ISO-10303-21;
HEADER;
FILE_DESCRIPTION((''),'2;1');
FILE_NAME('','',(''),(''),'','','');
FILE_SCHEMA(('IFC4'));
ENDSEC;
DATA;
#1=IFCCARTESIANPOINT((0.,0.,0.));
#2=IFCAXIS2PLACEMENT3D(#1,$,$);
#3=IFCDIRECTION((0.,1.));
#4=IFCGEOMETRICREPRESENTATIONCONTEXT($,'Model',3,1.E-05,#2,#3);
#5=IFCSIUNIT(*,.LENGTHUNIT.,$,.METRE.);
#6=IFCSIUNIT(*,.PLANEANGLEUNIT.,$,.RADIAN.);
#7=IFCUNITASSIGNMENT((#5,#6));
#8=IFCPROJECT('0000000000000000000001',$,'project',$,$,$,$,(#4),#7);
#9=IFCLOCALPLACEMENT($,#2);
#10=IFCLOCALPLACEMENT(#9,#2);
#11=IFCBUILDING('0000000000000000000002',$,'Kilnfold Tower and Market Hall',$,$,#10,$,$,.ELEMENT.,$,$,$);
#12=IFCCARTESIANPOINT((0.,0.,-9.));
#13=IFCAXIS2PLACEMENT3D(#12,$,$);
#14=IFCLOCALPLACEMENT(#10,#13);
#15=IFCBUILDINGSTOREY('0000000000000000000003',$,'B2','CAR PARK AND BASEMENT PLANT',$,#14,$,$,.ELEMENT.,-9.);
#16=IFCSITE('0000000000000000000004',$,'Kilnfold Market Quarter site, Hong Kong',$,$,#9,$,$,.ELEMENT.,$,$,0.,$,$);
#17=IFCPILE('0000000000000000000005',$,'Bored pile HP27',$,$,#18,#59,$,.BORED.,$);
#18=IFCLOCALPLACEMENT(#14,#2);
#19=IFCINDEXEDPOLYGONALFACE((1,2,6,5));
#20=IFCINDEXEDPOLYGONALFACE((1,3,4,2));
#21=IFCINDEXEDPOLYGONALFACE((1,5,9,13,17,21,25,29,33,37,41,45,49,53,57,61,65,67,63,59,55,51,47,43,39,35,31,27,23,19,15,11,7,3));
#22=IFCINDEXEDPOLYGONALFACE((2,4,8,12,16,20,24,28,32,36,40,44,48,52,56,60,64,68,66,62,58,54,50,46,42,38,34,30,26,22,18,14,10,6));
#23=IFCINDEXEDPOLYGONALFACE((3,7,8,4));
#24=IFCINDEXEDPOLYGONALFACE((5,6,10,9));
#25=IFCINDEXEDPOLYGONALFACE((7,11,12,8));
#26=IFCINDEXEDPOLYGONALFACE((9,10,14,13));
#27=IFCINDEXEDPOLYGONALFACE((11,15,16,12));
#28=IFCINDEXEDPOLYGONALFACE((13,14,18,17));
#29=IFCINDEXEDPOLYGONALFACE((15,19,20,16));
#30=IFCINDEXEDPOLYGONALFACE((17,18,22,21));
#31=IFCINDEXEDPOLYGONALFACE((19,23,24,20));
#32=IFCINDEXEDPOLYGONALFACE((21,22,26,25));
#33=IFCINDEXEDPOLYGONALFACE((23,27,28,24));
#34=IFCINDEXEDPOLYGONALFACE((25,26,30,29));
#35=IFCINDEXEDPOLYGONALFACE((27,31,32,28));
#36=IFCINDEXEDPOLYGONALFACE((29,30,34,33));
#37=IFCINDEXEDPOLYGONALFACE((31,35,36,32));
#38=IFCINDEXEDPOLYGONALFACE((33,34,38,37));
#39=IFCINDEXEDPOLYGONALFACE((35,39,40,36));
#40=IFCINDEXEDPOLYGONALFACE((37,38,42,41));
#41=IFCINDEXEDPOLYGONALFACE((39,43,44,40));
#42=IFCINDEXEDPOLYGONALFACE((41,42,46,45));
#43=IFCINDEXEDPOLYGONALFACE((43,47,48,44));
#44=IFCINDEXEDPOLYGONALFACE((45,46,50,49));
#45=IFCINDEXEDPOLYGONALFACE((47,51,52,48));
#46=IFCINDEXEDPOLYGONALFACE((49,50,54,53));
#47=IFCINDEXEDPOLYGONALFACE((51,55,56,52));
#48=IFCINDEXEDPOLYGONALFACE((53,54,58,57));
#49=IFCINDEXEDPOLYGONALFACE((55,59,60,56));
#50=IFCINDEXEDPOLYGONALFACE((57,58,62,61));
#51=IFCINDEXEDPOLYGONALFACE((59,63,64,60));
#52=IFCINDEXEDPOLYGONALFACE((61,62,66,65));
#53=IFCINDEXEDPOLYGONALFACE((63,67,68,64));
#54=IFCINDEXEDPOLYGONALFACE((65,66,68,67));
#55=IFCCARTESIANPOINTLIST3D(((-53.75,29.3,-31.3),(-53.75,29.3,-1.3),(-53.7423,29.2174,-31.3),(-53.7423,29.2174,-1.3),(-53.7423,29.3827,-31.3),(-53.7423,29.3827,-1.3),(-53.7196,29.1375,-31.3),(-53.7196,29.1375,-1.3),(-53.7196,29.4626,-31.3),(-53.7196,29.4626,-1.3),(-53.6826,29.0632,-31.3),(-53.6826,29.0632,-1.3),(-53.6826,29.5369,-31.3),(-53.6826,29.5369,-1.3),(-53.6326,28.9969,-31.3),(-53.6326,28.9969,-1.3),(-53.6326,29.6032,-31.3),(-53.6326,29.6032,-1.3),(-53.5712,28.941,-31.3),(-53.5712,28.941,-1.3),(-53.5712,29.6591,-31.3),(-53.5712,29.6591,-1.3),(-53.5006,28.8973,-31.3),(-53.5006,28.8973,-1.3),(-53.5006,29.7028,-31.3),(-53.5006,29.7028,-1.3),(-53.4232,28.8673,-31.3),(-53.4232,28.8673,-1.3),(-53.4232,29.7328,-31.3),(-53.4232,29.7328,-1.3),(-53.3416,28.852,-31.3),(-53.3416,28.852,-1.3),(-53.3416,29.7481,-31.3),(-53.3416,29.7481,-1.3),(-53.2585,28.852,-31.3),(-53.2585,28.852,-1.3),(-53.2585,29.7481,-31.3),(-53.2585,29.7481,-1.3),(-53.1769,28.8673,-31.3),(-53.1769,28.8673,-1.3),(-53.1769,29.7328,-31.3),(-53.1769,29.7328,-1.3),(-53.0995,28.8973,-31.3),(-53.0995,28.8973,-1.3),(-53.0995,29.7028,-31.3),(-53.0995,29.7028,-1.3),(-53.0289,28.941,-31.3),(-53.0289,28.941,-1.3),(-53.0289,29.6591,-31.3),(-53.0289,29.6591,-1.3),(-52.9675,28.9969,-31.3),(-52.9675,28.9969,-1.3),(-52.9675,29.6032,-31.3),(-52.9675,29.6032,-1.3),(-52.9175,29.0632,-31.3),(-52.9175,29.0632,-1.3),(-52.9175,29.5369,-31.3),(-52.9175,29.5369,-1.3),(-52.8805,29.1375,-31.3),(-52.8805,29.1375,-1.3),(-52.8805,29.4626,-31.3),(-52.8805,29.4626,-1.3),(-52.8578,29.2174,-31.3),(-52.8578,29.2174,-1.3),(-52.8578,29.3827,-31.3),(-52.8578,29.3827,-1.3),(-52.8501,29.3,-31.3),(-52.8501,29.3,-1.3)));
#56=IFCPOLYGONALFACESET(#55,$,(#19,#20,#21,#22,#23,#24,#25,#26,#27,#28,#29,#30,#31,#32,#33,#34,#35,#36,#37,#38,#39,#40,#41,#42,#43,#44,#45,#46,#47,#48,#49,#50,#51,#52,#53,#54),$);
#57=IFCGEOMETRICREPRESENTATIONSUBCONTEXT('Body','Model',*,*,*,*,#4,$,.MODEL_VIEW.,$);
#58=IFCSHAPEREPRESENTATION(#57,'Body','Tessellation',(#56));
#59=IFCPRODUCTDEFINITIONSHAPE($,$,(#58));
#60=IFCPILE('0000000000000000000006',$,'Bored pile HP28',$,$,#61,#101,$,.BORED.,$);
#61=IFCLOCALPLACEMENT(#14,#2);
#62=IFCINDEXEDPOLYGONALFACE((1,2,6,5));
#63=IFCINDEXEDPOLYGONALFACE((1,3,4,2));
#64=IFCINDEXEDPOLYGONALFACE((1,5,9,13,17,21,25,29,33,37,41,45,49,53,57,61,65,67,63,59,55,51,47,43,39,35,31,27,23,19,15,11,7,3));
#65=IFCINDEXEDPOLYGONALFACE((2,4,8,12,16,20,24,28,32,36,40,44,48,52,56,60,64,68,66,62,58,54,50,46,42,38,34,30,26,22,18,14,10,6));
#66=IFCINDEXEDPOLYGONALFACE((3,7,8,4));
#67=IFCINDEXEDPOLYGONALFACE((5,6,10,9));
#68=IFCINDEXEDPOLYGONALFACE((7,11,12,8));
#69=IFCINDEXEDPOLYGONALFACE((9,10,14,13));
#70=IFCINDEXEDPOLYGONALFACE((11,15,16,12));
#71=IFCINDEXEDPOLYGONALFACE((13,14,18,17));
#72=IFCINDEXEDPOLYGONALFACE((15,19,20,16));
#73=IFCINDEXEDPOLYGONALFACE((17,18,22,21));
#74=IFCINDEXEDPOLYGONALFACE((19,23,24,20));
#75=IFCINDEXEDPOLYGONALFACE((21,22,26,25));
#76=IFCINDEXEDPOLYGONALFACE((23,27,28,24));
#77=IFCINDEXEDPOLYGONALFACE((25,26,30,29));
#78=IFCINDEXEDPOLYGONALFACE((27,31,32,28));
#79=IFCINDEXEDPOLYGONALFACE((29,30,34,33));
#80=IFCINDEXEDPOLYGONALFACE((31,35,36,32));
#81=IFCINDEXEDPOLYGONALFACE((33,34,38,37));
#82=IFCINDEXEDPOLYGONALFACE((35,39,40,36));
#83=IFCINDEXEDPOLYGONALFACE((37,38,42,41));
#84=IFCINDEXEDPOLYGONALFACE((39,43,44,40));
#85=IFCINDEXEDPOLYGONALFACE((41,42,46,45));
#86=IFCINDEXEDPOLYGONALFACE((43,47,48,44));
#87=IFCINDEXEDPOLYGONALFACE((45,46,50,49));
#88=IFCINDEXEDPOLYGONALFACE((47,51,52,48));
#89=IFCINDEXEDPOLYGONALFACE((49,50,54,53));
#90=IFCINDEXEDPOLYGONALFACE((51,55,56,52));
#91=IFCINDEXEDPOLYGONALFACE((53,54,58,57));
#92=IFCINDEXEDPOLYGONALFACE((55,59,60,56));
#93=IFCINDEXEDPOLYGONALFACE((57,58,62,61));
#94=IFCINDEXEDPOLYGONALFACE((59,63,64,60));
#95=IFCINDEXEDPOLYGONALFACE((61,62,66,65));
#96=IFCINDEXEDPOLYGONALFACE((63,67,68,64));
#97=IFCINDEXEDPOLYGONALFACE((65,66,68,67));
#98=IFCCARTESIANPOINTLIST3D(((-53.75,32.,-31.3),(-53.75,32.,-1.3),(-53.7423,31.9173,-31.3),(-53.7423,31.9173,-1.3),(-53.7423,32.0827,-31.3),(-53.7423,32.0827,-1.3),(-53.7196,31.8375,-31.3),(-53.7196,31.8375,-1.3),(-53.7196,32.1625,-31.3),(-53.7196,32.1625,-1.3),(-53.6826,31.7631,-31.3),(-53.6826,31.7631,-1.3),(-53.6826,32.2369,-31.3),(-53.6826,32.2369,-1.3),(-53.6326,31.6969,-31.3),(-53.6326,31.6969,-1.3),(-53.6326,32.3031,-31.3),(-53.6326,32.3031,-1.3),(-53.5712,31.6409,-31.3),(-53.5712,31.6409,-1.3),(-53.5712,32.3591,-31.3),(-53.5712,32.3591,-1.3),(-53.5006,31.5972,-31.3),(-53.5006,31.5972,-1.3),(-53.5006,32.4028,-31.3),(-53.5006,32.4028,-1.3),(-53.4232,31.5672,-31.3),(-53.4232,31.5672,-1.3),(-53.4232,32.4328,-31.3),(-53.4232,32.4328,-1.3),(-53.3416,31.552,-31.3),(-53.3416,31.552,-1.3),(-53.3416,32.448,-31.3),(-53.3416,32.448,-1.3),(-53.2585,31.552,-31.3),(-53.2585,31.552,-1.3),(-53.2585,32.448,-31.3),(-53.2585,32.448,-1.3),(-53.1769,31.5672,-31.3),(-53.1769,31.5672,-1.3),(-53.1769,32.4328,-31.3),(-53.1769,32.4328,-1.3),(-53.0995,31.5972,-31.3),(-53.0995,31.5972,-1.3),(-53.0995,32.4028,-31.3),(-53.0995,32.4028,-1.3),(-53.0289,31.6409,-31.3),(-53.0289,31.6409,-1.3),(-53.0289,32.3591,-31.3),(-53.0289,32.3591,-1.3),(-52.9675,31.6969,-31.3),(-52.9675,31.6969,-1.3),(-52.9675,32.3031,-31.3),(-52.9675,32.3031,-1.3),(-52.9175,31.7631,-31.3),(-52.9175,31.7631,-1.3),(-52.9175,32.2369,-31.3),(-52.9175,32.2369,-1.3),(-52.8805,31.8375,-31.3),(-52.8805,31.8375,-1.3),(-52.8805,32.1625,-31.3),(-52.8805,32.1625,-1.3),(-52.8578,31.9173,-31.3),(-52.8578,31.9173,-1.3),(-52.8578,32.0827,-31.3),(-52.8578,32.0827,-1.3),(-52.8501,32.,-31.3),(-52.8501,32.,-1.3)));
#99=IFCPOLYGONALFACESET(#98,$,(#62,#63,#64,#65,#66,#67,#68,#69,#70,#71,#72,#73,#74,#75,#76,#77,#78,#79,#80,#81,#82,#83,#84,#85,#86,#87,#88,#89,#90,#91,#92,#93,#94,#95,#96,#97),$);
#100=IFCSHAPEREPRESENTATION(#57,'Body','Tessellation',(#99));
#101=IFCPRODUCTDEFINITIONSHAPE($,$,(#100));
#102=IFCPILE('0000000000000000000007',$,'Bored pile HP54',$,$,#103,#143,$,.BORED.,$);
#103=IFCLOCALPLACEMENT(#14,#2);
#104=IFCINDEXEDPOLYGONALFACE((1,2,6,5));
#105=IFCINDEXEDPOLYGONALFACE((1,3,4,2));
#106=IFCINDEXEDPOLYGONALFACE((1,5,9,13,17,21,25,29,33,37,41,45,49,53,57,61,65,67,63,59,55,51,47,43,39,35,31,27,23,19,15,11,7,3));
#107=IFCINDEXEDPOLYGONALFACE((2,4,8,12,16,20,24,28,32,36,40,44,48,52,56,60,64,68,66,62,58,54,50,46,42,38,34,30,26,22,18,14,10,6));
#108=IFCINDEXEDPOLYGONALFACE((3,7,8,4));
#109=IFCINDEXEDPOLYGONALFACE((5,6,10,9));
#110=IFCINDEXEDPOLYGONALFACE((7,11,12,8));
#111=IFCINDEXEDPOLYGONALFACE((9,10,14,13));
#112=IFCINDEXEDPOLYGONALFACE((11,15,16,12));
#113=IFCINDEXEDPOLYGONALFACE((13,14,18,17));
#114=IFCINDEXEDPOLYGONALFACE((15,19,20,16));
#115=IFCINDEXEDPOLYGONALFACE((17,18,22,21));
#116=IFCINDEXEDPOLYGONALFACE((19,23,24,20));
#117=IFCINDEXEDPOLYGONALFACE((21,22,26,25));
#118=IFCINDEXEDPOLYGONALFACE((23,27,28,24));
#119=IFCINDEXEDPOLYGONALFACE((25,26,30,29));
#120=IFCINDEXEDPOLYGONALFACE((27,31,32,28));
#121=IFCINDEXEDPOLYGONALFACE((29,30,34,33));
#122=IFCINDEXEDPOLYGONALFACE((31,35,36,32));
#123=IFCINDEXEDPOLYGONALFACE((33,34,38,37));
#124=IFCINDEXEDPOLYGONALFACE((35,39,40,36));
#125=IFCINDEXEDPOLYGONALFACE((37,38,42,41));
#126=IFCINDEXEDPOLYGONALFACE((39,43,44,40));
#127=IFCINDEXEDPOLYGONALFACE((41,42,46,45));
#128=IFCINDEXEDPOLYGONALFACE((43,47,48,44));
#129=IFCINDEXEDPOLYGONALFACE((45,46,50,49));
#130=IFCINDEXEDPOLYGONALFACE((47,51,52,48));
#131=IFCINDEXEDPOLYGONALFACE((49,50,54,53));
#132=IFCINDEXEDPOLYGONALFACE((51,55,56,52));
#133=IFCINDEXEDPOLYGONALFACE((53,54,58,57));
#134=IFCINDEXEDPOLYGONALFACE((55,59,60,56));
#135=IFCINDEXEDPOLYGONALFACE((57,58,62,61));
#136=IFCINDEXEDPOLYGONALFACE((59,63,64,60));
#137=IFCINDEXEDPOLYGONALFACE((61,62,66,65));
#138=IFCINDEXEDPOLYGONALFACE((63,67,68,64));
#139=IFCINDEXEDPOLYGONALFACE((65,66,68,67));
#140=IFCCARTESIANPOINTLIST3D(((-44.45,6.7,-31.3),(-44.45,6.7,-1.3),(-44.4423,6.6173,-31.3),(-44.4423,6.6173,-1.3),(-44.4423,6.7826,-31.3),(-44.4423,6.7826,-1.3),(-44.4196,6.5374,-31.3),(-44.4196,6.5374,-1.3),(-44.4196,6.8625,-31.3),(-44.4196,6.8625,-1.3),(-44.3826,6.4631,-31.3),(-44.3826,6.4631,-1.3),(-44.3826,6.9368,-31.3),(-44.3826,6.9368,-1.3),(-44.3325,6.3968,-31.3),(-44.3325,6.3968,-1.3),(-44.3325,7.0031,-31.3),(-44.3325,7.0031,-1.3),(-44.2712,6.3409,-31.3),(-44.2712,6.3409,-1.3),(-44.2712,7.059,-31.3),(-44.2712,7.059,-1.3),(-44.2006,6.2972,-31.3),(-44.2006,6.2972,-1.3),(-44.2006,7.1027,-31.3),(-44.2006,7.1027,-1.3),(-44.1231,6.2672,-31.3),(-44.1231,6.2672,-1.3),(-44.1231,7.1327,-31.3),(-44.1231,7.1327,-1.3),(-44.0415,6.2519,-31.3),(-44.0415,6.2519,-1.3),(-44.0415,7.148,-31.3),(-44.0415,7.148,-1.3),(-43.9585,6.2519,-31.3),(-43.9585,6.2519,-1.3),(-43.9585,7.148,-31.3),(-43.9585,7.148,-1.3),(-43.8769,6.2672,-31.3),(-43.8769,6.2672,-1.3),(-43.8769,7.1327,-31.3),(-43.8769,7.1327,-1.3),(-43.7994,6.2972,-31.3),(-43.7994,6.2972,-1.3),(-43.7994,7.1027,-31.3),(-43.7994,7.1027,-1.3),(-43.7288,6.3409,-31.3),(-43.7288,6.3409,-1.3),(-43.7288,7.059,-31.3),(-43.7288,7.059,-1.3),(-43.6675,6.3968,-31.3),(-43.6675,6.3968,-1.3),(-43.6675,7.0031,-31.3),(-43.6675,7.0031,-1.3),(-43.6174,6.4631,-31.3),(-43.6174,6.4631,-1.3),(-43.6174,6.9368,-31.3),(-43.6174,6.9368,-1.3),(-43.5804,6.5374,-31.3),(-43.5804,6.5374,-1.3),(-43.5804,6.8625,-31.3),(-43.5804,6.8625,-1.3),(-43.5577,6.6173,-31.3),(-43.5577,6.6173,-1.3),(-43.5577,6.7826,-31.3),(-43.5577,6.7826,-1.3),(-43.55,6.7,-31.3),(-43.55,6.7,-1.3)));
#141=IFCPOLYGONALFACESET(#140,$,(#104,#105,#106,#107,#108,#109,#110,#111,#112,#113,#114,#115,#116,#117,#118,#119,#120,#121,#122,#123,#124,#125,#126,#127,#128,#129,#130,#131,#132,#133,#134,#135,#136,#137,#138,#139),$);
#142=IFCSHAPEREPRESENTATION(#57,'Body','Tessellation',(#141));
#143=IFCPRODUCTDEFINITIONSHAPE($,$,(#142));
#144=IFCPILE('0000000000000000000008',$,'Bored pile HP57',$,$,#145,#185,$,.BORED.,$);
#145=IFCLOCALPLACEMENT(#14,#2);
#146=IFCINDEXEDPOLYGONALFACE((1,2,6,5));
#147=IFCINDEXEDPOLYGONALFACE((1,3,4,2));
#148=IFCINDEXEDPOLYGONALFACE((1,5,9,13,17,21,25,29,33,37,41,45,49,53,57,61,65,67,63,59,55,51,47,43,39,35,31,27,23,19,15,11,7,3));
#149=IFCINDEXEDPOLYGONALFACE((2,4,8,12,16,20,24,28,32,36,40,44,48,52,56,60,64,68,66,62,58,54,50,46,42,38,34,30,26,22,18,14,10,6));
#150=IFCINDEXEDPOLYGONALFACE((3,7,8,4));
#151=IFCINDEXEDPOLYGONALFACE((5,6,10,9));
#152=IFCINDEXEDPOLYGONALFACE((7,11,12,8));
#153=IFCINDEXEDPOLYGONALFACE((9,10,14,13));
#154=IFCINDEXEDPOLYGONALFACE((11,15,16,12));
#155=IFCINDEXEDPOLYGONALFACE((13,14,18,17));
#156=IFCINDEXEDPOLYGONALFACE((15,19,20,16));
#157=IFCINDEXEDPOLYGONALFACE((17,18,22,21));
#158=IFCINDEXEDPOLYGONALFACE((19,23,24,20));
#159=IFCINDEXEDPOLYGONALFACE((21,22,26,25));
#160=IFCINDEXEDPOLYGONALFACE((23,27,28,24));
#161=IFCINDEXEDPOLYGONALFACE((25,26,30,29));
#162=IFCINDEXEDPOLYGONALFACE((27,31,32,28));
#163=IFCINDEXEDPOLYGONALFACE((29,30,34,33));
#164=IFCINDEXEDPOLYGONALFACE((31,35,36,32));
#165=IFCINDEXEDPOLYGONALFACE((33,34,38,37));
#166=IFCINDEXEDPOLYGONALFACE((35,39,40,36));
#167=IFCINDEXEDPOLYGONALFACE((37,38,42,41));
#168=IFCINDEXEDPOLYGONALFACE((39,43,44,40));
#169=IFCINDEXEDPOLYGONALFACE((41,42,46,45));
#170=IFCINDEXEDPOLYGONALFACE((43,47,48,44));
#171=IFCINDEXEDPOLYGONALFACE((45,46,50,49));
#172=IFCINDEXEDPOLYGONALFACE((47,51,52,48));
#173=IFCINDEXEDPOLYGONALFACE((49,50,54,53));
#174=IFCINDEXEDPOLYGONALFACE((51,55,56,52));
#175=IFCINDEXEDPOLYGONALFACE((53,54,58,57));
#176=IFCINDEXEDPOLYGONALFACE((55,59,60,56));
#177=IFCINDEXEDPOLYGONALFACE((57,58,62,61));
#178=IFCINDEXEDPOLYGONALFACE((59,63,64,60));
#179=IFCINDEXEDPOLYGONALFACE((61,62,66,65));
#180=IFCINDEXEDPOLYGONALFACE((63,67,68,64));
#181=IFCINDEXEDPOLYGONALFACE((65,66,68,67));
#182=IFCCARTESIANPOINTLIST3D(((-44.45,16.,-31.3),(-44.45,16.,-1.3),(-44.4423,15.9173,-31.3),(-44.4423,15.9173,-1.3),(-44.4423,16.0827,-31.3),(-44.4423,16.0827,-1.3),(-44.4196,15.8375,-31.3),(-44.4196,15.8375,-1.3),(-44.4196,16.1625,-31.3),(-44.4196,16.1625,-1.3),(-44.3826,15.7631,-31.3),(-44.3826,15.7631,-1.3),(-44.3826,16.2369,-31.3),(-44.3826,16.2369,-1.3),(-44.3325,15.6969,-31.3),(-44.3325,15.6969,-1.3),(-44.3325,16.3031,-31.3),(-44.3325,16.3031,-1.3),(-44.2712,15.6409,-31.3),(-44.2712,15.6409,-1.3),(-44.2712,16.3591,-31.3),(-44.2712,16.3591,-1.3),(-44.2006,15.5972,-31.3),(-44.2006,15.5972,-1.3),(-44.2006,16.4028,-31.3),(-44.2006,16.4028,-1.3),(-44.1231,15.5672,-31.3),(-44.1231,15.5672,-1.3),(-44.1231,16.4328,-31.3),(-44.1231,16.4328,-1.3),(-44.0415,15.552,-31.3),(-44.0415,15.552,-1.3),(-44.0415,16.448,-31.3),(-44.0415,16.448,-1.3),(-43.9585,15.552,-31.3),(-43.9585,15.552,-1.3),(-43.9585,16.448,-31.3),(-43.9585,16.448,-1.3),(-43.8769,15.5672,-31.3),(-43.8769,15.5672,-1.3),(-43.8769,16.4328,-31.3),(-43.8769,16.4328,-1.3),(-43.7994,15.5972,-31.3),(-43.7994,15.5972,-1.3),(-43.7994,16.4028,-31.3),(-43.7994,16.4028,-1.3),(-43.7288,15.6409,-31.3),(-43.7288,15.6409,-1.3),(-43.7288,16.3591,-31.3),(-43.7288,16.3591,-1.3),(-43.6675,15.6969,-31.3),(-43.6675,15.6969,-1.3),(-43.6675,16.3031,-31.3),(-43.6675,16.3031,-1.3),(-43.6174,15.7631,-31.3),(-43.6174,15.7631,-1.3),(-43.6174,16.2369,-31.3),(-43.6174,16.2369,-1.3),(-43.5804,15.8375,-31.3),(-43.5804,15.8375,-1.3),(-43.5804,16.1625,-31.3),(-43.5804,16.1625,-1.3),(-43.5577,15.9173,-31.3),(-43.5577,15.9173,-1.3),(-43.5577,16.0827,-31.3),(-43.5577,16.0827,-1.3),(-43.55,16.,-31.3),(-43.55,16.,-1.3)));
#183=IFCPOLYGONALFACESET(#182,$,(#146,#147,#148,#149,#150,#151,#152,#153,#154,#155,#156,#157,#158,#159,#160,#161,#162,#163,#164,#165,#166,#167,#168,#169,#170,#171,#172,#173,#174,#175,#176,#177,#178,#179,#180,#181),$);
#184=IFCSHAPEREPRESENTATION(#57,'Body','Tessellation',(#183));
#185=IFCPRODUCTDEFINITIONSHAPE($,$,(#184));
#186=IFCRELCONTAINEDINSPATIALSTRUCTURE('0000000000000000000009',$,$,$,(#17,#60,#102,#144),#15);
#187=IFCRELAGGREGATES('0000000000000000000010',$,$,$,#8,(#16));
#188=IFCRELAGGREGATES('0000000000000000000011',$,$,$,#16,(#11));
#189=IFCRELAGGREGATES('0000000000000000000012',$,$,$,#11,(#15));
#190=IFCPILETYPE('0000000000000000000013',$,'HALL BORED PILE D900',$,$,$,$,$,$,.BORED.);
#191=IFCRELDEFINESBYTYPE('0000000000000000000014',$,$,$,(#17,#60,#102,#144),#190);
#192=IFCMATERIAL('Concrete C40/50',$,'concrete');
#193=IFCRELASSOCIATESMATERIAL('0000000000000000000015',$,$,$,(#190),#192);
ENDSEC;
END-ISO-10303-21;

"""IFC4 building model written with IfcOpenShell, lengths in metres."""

from ifc_helpers import new_model, si_unit, direction, frame, origin, origin_2d, place, context, subcontext, project, spatial, circle, extrude, source, transform, mapped, material, material_profile, profile_set, type_object, element, save


model = new_model("IFC4")

# Units and contexts
model_context = context("Model", 3, precision=1e-05, world=origin(), true_north=direction((0.0, 1.0)))
body_context = subcontext(model_context, "Body", "Model", "MODEL_VIEW")
ifc_project = project(units=[si_unit("LENGTHUNIT", "METRE"), si_unit("PLANEANGLEUNIT", "RADIAN")], contexts=[model_context])

# Site, building, storey
site_placement = place(None, origin())
site = spatial("IfcSite", under=ifc_project, at=site_placement, Name="Kilnfold Market Quarter site, Hong Kong", CompositionType="ELEMENT", RefElevation=0.0)
building_placement = place(site_placement, origin())
building = spatial("IfcBuilding", under=site, at=building_placement, Name="Kilnfold Tower and Market Hall", CompositionType="ELEMENT")
storey_placement = place(building_placement, frame((0.0, 0.0, -9.0)))
storey = spatial("IfcBuildingStorey", under=building, at=storey_placement, Name="B2", Description="CAR PARK AND BASEMENT PLANT", CompositionType="ELEMENT", Elevation=-9.0)

# Piles
ifc_material_1 = material(Name="Concrete C40/50", Category="concrete")
ifc_material_profile_1 = material_profile(ifc_material_1, circle(Radius=0.45, at=origin_2d()), Name="D900")
ifc_profile_set_1 = profile_set([ifc_material_profile_1], Name="Concrete C40/50")
pile_type = type_object("IfcPileType", Name="HALL BORED PILE D900", PredefinedType="BORED", material=ifc_profile_set_1)
shared_shape_1 = source(origin(), body_context, "Body", "SweptSolid", [
    extrude(circle(Radius=0.45, at=origin_2d()), origin(), (0.0, 0.0, 1.0), 30.0),
])
for number, where, z_axis, x_axis, name in (
    (1, (-53.3, 29.3, -1.3), (0.0, 0.0, -1.0), (1.0, 0.0, 0.0), "Bored pile HP27"),
    (2, (-53.3, 32.0, -1.3), (0.0, 0.0, -1.0), (1.0, 0.0, 0.0), "Bored pile HP28"),
    (3, (-44.0, 6.7, -1.3), (0.0, 0.0, -1.0), (1.0, 0.0, 0.0), "Bored pile HP54"),
    (4, (-44.0, 16.0, -1.3), (0.0, 0.0, -1.0), (1.0, 0.0, 0.0), "Bored pile HP57"),
):
    element("IfcPile", number, at=place(storey_placement, frame(where, z_axis=z_axis, x_axis=x_axis)), inside=storey, type_object=pile_type, Name=name, PredefinedType="BORED", context=body_context, shape_type="MappedRepresentation", body=[
        mapped(shared_shape_1, transform((0.0, 0.0, 0.0))),
    ])

save(model, "model.ifc")
